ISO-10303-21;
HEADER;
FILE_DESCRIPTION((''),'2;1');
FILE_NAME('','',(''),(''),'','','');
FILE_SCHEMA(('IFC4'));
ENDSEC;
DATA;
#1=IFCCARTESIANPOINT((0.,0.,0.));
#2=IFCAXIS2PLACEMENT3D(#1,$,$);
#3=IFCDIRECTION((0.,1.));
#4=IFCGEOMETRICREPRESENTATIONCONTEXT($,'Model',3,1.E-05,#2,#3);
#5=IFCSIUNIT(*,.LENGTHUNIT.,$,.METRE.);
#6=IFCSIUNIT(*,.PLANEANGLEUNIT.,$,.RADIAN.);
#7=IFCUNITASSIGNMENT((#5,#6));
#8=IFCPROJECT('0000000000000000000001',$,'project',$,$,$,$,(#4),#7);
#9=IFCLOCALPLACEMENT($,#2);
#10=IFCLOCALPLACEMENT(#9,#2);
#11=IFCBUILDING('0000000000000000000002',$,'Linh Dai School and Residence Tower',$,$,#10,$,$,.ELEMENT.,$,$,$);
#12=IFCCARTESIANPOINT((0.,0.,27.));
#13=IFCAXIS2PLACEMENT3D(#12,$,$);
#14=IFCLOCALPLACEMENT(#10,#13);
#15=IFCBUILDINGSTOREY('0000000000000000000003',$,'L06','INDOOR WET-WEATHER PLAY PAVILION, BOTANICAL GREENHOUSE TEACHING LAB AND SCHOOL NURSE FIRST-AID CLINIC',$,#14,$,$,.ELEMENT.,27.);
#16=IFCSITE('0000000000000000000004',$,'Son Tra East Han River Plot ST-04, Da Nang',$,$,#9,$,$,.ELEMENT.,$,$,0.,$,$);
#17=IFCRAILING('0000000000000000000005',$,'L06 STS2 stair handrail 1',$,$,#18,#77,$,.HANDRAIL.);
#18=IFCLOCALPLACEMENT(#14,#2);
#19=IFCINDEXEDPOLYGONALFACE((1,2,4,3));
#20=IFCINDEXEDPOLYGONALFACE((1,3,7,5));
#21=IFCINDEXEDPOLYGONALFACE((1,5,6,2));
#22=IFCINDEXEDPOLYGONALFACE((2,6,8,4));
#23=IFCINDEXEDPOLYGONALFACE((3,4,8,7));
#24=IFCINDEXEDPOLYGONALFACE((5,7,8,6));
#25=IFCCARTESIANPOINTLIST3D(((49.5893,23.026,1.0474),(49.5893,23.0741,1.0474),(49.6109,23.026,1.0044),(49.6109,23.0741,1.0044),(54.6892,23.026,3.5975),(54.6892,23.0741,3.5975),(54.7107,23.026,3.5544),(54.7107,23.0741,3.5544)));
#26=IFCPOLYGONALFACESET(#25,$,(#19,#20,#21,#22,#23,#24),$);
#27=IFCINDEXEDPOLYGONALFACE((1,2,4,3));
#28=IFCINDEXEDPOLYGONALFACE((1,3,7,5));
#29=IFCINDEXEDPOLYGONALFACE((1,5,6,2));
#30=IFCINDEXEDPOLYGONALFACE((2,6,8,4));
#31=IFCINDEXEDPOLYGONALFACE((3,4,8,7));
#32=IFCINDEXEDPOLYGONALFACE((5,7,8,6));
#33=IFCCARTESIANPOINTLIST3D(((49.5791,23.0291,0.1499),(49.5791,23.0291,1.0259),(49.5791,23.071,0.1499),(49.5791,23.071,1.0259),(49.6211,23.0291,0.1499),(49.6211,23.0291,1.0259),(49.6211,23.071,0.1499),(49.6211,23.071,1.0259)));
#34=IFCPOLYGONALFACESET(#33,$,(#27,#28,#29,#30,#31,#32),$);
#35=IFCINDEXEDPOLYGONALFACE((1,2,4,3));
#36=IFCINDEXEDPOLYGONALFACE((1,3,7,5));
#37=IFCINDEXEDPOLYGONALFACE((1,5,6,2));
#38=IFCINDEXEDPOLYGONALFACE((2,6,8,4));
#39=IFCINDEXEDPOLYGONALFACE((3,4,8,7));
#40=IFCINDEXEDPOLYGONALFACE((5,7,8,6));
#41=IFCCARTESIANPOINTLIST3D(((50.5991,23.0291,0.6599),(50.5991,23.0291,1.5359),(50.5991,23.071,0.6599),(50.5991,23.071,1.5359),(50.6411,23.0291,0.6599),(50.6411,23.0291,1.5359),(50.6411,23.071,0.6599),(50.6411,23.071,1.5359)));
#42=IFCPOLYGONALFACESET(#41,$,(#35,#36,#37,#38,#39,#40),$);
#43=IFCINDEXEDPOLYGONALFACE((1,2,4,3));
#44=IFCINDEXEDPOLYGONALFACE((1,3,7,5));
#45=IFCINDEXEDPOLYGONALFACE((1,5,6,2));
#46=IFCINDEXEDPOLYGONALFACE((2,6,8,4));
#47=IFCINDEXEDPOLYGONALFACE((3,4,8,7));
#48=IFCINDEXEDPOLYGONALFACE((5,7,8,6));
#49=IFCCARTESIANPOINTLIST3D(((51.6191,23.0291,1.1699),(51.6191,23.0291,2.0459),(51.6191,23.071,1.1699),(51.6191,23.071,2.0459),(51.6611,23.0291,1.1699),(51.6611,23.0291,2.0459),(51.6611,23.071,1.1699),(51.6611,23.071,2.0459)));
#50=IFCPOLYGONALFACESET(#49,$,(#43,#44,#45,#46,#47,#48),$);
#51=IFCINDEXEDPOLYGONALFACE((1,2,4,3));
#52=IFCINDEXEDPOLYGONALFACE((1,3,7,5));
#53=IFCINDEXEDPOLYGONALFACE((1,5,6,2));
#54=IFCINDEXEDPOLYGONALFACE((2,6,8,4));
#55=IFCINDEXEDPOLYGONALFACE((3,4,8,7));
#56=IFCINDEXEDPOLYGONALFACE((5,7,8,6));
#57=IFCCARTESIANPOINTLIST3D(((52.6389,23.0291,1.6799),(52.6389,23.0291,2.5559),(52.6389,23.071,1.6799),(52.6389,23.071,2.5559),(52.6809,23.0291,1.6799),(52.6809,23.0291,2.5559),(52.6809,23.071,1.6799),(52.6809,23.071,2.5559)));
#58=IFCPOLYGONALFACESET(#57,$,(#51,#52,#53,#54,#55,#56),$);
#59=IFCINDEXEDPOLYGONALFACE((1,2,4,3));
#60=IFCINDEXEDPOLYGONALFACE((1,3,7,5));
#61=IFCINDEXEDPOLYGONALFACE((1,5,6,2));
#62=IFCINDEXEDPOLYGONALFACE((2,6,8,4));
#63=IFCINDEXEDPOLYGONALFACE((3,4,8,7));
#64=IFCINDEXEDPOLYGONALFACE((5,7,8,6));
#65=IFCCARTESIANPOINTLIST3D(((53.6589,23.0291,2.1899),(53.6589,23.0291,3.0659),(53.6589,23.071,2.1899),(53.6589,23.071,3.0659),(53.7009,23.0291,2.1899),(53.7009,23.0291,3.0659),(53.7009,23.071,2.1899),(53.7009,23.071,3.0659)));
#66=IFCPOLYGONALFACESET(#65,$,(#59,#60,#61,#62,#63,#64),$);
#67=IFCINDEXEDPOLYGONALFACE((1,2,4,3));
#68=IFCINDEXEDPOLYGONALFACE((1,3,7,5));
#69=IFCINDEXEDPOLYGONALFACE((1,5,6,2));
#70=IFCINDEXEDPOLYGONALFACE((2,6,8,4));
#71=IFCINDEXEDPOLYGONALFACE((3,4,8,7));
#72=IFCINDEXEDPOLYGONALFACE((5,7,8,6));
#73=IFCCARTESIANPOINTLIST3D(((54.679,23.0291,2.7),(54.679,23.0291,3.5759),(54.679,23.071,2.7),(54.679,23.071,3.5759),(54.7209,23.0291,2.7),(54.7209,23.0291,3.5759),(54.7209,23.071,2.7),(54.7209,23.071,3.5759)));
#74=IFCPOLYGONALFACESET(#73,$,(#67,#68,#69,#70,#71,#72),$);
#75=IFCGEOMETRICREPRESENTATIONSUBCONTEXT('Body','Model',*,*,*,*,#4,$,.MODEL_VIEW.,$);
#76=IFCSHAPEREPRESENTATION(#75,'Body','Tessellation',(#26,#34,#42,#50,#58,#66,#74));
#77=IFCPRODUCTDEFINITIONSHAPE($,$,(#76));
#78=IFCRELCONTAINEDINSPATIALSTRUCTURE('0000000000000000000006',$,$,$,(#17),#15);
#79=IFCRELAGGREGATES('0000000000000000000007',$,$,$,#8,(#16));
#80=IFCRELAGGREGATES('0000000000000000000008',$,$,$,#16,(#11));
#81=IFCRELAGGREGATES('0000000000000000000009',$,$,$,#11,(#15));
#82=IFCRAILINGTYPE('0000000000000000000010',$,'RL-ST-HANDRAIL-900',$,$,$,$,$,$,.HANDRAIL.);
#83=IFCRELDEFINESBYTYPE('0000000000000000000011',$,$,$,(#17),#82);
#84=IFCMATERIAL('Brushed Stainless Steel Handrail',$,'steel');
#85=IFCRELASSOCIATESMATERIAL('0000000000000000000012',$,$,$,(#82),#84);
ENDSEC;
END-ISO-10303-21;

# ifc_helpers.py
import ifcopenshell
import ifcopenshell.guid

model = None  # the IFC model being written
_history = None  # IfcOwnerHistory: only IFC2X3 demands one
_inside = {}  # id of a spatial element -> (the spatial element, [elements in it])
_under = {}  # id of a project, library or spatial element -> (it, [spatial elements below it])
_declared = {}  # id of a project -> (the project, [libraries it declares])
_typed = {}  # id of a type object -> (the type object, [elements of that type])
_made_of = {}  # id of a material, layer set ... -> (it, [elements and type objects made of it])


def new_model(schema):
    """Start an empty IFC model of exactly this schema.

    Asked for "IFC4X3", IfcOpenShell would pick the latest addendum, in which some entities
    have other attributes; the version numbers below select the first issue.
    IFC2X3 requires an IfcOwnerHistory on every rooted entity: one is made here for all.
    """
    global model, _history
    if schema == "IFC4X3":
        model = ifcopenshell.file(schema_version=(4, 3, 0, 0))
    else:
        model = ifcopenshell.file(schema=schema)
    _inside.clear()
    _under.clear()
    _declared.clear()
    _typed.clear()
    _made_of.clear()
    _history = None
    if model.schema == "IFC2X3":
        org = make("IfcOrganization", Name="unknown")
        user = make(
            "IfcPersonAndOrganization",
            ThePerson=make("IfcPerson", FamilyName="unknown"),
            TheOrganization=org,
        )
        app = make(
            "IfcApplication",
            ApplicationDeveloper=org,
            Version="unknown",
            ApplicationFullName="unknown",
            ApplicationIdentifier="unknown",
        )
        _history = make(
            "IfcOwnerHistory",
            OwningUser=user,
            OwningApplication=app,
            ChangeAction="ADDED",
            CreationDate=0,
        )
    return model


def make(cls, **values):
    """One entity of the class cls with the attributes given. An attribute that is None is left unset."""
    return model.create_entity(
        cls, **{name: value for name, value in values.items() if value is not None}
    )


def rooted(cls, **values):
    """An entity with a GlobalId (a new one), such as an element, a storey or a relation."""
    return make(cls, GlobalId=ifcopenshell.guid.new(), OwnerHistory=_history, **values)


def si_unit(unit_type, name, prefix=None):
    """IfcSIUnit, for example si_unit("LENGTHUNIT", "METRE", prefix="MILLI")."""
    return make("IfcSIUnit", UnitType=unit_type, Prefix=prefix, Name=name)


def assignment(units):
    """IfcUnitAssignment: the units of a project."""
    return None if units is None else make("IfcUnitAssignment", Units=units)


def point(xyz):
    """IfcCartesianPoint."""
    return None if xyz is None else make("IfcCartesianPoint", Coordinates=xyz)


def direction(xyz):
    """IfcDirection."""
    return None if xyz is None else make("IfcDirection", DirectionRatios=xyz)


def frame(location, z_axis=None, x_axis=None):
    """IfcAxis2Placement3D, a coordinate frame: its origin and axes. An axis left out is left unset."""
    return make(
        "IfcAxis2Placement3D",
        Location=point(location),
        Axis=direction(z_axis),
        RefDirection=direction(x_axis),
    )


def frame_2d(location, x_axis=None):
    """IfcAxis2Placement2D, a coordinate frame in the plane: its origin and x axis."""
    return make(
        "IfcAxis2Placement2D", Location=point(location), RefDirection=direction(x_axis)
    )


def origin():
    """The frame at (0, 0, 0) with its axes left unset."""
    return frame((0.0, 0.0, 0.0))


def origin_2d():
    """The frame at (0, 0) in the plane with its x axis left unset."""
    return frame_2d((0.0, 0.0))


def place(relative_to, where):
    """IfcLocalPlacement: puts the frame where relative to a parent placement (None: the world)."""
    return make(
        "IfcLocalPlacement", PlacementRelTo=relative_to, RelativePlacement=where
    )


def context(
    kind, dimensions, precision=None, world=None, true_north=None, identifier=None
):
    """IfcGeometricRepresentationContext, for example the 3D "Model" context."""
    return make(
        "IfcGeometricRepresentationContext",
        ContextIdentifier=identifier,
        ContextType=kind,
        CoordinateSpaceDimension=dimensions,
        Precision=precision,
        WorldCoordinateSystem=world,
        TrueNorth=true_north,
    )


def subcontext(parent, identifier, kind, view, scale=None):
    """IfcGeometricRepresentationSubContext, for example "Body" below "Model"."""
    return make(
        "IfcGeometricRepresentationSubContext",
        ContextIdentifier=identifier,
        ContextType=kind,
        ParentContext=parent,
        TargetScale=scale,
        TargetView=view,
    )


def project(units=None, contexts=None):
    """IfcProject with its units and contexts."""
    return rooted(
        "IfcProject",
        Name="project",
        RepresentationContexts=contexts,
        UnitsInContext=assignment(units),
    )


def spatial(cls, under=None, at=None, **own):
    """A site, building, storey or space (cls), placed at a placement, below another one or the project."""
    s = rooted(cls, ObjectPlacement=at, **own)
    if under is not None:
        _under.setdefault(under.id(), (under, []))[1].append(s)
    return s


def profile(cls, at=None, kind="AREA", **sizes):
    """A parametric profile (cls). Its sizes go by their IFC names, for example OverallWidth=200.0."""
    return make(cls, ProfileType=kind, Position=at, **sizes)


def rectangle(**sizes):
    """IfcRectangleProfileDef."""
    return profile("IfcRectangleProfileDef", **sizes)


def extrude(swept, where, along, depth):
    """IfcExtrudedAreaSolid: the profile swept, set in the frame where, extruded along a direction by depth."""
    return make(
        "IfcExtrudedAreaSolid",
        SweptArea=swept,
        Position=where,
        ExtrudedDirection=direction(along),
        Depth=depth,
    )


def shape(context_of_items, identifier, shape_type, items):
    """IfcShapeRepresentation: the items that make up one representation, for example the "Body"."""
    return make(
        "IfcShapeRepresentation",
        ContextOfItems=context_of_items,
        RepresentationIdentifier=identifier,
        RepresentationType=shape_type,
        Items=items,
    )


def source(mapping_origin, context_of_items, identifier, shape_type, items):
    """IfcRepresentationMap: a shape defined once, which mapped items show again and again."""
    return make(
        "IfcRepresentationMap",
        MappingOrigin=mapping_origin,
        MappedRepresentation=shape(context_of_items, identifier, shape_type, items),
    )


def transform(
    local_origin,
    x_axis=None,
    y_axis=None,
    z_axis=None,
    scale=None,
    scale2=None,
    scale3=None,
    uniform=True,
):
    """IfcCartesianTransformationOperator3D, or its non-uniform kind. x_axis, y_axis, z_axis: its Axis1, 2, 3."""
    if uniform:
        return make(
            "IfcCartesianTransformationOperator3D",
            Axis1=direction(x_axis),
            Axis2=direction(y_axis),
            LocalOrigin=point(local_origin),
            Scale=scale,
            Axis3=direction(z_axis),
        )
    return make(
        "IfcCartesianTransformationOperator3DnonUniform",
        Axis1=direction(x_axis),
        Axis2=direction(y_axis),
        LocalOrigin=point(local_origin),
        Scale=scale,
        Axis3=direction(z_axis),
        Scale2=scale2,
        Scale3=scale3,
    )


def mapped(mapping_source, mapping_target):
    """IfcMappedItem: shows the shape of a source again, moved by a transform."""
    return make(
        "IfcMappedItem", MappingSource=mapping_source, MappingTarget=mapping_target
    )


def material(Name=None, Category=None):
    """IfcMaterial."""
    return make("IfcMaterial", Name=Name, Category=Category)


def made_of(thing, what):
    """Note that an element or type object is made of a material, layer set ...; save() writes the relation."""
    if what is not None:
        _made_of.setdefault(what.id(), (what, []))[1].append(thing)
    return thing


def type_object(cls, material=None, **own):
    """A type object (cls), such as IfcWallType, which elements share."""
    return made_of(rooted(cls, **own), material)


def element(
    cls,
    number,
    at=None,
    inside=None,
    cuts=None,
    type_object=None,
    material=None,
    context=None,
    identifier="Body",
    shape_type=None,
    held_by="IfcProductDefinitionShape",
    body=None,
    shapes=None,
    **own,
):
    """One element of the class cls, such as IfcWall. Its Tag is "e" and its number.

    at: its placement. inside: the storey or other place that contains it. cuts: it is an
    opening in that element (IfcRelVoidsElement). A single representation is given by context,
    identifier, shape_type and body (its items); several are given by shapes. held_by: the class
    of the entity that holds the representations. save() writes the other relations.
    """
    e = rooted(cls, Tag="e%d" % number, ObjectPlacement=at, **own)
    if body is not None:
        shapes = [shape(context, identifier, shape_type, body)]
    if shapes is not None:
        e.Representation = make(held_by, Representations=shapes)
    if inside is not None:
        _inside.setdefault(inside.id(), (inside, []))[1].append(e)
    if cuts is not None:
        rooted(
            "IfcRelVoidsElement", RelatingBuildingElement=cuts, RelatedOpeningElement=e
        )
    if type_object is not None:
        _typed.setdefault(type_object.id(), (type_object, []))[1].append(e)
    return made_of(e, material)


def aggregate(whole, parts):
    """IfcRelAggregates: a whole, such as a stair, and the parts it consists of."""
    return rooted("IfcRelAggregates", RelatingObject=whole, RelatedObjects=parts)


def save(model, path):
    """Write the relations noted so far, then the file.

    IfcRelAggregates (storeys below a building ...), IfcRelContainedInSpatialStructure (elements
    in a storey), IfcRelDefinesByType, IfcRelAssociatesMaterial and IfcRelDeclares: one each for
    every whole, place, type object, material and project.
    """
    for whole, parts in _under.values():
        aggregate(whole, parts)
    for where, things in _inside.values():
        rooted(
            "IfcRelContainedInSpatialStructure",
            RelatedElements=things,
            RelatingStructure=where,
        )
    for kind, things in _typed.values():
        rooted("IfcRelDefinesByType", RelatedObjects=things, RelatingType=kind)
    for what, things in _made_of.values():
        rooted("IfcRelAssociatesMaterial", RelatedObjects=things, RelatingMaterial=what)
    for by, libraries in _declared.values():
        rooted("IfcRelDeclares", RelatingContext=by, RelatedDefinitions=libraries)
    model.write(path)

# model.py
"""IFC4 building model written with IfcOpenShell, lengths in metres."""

from ifc_helpers import new_model, si_unit, direction, frame, origin, origin_2d, place, context, subcontext, project, spatial, rectangle, extrude, source, transform, mapped, material, type_object, element, save


model = new_model("IFC4")

# Units and contexts
model_context = context("Model", 3, precision=1e-05, world=origin(), true_north=direction((0.0, 1.0)))
body_context = subcontext(model_context, "Body", "Model", "MODEL_VIEW")
ifc_project = project(units=[si_unit("LENGTHUNIT", "METRE"), si_unit("PLANEANGLEUNIT", "RADIAN")], contexts=[model_context])

# Site, building, storey
site_placement = place(None, origin())
site = spatial("IfcSite", under=ifc_project, at=site_placement, Name="Son Tra East Han River Plot ST-04, Da Nang", CompositionType="ELEMENT", RefElevation=0.0)
building_placement = place(site_placement, origin())
building = spatial("IfcBuilding", under=site, at=building_placement, Name="Linh Dai School and Residence Tower", CompositionType="ELEMENT")
storey_placement = place(building_placement, frame((0.0, 0.0, 27.0)))
storey = spatial("IfcBuildingStorey", under=building, at=storey_placement, Name="L06", Description="INDOOR WET-WEATHER PLAY PAVILION, BOTANICAL GREENHOUSE TEACHING LAB AND SCHOOL NURSE FIRST-AID CLINIC", CompositionType="ELEMENT", Elevation=27.0)

# Railing
ifc_material_1 = material(Name="Brushed Stainless Steel Handrail", Category="steel")
railing_type_1 = type_object("IfcRailingType", Name="RL-ST-HANDRAIL-900", PredefinedType="HANDRAIL", material=ifc_material_1)
shared_shape_1 = source(origin(), body_context, "Body", "SweptSolid", [
    extrude(rectangle(XDim=0.0481, YDim=0.0481, at=origin_2d()), frame((0.0, 0.0, 0.876), z_axis=(0.894419, 0.0, 0.447231), x_axis=(0.0, 1.0, 0.0)), (0.0, 0.0, 1.0), 5.7019),
    extrude(rectangle(XDim=0.042, YDim=0.042, at=origin_2d()), origin(), (0.0, 0.0, 1.0), 0.876),
    extrude(rectangle(XDim=0.042, YDim=0.042, at=origin_2d()), frame((1.02, 0.0, 0.51)), (0.0, 0.0, 1.0), 0.876),
    extrude(rectangle(XDim=0.042, YDim=0.042, at=origin_2d()), frame((2.04, 0.0, 1.02)), (0.0, 0.0, 1.0), 0.876),
    extrude(rectangle(XDim=0.042, YDim=0.042, at=origin_2d()), frame((3.0598, 0.0, 1.53)), (0.0, 0.0, 1.0), 0.876),
    extrude(rectangle(XDim=0.042, YDim=0.042, at=origin_2d()), frame((4.0798, 0.0, 2.04)), (0.0, 0.0, 1.0), 0.876),
    extrude(rectangle(XDim=0.042, YDim=0.042, at=origin_2d()), frame((5.0999, 0.0, 2.55)), (0.0, 0.0, 1.0), 0.876),
])
railing_1_placement = place(storey_placement, frame((49.6001, 23.05, 0.1499)))
element("IfcRailing", 1, at=railing_1_placement, inside=storey, type_object=railing_type_1, Name="L06 STS2 stair handrail 1", PredefinedType="HANDRAIL", context=body_context, shape_type="MappedRepresentation", body=[
    mapped(shared_shape_1, transform((0.0, 0.0, 0.0), x_axis=(1.0, 0.0, 0.0), y_axis=(0.0, 1.0, 0.0), z_axis=(0.0, 0.0, 1.0), scale=1.0)),
])

save(model, "model.ifc")
